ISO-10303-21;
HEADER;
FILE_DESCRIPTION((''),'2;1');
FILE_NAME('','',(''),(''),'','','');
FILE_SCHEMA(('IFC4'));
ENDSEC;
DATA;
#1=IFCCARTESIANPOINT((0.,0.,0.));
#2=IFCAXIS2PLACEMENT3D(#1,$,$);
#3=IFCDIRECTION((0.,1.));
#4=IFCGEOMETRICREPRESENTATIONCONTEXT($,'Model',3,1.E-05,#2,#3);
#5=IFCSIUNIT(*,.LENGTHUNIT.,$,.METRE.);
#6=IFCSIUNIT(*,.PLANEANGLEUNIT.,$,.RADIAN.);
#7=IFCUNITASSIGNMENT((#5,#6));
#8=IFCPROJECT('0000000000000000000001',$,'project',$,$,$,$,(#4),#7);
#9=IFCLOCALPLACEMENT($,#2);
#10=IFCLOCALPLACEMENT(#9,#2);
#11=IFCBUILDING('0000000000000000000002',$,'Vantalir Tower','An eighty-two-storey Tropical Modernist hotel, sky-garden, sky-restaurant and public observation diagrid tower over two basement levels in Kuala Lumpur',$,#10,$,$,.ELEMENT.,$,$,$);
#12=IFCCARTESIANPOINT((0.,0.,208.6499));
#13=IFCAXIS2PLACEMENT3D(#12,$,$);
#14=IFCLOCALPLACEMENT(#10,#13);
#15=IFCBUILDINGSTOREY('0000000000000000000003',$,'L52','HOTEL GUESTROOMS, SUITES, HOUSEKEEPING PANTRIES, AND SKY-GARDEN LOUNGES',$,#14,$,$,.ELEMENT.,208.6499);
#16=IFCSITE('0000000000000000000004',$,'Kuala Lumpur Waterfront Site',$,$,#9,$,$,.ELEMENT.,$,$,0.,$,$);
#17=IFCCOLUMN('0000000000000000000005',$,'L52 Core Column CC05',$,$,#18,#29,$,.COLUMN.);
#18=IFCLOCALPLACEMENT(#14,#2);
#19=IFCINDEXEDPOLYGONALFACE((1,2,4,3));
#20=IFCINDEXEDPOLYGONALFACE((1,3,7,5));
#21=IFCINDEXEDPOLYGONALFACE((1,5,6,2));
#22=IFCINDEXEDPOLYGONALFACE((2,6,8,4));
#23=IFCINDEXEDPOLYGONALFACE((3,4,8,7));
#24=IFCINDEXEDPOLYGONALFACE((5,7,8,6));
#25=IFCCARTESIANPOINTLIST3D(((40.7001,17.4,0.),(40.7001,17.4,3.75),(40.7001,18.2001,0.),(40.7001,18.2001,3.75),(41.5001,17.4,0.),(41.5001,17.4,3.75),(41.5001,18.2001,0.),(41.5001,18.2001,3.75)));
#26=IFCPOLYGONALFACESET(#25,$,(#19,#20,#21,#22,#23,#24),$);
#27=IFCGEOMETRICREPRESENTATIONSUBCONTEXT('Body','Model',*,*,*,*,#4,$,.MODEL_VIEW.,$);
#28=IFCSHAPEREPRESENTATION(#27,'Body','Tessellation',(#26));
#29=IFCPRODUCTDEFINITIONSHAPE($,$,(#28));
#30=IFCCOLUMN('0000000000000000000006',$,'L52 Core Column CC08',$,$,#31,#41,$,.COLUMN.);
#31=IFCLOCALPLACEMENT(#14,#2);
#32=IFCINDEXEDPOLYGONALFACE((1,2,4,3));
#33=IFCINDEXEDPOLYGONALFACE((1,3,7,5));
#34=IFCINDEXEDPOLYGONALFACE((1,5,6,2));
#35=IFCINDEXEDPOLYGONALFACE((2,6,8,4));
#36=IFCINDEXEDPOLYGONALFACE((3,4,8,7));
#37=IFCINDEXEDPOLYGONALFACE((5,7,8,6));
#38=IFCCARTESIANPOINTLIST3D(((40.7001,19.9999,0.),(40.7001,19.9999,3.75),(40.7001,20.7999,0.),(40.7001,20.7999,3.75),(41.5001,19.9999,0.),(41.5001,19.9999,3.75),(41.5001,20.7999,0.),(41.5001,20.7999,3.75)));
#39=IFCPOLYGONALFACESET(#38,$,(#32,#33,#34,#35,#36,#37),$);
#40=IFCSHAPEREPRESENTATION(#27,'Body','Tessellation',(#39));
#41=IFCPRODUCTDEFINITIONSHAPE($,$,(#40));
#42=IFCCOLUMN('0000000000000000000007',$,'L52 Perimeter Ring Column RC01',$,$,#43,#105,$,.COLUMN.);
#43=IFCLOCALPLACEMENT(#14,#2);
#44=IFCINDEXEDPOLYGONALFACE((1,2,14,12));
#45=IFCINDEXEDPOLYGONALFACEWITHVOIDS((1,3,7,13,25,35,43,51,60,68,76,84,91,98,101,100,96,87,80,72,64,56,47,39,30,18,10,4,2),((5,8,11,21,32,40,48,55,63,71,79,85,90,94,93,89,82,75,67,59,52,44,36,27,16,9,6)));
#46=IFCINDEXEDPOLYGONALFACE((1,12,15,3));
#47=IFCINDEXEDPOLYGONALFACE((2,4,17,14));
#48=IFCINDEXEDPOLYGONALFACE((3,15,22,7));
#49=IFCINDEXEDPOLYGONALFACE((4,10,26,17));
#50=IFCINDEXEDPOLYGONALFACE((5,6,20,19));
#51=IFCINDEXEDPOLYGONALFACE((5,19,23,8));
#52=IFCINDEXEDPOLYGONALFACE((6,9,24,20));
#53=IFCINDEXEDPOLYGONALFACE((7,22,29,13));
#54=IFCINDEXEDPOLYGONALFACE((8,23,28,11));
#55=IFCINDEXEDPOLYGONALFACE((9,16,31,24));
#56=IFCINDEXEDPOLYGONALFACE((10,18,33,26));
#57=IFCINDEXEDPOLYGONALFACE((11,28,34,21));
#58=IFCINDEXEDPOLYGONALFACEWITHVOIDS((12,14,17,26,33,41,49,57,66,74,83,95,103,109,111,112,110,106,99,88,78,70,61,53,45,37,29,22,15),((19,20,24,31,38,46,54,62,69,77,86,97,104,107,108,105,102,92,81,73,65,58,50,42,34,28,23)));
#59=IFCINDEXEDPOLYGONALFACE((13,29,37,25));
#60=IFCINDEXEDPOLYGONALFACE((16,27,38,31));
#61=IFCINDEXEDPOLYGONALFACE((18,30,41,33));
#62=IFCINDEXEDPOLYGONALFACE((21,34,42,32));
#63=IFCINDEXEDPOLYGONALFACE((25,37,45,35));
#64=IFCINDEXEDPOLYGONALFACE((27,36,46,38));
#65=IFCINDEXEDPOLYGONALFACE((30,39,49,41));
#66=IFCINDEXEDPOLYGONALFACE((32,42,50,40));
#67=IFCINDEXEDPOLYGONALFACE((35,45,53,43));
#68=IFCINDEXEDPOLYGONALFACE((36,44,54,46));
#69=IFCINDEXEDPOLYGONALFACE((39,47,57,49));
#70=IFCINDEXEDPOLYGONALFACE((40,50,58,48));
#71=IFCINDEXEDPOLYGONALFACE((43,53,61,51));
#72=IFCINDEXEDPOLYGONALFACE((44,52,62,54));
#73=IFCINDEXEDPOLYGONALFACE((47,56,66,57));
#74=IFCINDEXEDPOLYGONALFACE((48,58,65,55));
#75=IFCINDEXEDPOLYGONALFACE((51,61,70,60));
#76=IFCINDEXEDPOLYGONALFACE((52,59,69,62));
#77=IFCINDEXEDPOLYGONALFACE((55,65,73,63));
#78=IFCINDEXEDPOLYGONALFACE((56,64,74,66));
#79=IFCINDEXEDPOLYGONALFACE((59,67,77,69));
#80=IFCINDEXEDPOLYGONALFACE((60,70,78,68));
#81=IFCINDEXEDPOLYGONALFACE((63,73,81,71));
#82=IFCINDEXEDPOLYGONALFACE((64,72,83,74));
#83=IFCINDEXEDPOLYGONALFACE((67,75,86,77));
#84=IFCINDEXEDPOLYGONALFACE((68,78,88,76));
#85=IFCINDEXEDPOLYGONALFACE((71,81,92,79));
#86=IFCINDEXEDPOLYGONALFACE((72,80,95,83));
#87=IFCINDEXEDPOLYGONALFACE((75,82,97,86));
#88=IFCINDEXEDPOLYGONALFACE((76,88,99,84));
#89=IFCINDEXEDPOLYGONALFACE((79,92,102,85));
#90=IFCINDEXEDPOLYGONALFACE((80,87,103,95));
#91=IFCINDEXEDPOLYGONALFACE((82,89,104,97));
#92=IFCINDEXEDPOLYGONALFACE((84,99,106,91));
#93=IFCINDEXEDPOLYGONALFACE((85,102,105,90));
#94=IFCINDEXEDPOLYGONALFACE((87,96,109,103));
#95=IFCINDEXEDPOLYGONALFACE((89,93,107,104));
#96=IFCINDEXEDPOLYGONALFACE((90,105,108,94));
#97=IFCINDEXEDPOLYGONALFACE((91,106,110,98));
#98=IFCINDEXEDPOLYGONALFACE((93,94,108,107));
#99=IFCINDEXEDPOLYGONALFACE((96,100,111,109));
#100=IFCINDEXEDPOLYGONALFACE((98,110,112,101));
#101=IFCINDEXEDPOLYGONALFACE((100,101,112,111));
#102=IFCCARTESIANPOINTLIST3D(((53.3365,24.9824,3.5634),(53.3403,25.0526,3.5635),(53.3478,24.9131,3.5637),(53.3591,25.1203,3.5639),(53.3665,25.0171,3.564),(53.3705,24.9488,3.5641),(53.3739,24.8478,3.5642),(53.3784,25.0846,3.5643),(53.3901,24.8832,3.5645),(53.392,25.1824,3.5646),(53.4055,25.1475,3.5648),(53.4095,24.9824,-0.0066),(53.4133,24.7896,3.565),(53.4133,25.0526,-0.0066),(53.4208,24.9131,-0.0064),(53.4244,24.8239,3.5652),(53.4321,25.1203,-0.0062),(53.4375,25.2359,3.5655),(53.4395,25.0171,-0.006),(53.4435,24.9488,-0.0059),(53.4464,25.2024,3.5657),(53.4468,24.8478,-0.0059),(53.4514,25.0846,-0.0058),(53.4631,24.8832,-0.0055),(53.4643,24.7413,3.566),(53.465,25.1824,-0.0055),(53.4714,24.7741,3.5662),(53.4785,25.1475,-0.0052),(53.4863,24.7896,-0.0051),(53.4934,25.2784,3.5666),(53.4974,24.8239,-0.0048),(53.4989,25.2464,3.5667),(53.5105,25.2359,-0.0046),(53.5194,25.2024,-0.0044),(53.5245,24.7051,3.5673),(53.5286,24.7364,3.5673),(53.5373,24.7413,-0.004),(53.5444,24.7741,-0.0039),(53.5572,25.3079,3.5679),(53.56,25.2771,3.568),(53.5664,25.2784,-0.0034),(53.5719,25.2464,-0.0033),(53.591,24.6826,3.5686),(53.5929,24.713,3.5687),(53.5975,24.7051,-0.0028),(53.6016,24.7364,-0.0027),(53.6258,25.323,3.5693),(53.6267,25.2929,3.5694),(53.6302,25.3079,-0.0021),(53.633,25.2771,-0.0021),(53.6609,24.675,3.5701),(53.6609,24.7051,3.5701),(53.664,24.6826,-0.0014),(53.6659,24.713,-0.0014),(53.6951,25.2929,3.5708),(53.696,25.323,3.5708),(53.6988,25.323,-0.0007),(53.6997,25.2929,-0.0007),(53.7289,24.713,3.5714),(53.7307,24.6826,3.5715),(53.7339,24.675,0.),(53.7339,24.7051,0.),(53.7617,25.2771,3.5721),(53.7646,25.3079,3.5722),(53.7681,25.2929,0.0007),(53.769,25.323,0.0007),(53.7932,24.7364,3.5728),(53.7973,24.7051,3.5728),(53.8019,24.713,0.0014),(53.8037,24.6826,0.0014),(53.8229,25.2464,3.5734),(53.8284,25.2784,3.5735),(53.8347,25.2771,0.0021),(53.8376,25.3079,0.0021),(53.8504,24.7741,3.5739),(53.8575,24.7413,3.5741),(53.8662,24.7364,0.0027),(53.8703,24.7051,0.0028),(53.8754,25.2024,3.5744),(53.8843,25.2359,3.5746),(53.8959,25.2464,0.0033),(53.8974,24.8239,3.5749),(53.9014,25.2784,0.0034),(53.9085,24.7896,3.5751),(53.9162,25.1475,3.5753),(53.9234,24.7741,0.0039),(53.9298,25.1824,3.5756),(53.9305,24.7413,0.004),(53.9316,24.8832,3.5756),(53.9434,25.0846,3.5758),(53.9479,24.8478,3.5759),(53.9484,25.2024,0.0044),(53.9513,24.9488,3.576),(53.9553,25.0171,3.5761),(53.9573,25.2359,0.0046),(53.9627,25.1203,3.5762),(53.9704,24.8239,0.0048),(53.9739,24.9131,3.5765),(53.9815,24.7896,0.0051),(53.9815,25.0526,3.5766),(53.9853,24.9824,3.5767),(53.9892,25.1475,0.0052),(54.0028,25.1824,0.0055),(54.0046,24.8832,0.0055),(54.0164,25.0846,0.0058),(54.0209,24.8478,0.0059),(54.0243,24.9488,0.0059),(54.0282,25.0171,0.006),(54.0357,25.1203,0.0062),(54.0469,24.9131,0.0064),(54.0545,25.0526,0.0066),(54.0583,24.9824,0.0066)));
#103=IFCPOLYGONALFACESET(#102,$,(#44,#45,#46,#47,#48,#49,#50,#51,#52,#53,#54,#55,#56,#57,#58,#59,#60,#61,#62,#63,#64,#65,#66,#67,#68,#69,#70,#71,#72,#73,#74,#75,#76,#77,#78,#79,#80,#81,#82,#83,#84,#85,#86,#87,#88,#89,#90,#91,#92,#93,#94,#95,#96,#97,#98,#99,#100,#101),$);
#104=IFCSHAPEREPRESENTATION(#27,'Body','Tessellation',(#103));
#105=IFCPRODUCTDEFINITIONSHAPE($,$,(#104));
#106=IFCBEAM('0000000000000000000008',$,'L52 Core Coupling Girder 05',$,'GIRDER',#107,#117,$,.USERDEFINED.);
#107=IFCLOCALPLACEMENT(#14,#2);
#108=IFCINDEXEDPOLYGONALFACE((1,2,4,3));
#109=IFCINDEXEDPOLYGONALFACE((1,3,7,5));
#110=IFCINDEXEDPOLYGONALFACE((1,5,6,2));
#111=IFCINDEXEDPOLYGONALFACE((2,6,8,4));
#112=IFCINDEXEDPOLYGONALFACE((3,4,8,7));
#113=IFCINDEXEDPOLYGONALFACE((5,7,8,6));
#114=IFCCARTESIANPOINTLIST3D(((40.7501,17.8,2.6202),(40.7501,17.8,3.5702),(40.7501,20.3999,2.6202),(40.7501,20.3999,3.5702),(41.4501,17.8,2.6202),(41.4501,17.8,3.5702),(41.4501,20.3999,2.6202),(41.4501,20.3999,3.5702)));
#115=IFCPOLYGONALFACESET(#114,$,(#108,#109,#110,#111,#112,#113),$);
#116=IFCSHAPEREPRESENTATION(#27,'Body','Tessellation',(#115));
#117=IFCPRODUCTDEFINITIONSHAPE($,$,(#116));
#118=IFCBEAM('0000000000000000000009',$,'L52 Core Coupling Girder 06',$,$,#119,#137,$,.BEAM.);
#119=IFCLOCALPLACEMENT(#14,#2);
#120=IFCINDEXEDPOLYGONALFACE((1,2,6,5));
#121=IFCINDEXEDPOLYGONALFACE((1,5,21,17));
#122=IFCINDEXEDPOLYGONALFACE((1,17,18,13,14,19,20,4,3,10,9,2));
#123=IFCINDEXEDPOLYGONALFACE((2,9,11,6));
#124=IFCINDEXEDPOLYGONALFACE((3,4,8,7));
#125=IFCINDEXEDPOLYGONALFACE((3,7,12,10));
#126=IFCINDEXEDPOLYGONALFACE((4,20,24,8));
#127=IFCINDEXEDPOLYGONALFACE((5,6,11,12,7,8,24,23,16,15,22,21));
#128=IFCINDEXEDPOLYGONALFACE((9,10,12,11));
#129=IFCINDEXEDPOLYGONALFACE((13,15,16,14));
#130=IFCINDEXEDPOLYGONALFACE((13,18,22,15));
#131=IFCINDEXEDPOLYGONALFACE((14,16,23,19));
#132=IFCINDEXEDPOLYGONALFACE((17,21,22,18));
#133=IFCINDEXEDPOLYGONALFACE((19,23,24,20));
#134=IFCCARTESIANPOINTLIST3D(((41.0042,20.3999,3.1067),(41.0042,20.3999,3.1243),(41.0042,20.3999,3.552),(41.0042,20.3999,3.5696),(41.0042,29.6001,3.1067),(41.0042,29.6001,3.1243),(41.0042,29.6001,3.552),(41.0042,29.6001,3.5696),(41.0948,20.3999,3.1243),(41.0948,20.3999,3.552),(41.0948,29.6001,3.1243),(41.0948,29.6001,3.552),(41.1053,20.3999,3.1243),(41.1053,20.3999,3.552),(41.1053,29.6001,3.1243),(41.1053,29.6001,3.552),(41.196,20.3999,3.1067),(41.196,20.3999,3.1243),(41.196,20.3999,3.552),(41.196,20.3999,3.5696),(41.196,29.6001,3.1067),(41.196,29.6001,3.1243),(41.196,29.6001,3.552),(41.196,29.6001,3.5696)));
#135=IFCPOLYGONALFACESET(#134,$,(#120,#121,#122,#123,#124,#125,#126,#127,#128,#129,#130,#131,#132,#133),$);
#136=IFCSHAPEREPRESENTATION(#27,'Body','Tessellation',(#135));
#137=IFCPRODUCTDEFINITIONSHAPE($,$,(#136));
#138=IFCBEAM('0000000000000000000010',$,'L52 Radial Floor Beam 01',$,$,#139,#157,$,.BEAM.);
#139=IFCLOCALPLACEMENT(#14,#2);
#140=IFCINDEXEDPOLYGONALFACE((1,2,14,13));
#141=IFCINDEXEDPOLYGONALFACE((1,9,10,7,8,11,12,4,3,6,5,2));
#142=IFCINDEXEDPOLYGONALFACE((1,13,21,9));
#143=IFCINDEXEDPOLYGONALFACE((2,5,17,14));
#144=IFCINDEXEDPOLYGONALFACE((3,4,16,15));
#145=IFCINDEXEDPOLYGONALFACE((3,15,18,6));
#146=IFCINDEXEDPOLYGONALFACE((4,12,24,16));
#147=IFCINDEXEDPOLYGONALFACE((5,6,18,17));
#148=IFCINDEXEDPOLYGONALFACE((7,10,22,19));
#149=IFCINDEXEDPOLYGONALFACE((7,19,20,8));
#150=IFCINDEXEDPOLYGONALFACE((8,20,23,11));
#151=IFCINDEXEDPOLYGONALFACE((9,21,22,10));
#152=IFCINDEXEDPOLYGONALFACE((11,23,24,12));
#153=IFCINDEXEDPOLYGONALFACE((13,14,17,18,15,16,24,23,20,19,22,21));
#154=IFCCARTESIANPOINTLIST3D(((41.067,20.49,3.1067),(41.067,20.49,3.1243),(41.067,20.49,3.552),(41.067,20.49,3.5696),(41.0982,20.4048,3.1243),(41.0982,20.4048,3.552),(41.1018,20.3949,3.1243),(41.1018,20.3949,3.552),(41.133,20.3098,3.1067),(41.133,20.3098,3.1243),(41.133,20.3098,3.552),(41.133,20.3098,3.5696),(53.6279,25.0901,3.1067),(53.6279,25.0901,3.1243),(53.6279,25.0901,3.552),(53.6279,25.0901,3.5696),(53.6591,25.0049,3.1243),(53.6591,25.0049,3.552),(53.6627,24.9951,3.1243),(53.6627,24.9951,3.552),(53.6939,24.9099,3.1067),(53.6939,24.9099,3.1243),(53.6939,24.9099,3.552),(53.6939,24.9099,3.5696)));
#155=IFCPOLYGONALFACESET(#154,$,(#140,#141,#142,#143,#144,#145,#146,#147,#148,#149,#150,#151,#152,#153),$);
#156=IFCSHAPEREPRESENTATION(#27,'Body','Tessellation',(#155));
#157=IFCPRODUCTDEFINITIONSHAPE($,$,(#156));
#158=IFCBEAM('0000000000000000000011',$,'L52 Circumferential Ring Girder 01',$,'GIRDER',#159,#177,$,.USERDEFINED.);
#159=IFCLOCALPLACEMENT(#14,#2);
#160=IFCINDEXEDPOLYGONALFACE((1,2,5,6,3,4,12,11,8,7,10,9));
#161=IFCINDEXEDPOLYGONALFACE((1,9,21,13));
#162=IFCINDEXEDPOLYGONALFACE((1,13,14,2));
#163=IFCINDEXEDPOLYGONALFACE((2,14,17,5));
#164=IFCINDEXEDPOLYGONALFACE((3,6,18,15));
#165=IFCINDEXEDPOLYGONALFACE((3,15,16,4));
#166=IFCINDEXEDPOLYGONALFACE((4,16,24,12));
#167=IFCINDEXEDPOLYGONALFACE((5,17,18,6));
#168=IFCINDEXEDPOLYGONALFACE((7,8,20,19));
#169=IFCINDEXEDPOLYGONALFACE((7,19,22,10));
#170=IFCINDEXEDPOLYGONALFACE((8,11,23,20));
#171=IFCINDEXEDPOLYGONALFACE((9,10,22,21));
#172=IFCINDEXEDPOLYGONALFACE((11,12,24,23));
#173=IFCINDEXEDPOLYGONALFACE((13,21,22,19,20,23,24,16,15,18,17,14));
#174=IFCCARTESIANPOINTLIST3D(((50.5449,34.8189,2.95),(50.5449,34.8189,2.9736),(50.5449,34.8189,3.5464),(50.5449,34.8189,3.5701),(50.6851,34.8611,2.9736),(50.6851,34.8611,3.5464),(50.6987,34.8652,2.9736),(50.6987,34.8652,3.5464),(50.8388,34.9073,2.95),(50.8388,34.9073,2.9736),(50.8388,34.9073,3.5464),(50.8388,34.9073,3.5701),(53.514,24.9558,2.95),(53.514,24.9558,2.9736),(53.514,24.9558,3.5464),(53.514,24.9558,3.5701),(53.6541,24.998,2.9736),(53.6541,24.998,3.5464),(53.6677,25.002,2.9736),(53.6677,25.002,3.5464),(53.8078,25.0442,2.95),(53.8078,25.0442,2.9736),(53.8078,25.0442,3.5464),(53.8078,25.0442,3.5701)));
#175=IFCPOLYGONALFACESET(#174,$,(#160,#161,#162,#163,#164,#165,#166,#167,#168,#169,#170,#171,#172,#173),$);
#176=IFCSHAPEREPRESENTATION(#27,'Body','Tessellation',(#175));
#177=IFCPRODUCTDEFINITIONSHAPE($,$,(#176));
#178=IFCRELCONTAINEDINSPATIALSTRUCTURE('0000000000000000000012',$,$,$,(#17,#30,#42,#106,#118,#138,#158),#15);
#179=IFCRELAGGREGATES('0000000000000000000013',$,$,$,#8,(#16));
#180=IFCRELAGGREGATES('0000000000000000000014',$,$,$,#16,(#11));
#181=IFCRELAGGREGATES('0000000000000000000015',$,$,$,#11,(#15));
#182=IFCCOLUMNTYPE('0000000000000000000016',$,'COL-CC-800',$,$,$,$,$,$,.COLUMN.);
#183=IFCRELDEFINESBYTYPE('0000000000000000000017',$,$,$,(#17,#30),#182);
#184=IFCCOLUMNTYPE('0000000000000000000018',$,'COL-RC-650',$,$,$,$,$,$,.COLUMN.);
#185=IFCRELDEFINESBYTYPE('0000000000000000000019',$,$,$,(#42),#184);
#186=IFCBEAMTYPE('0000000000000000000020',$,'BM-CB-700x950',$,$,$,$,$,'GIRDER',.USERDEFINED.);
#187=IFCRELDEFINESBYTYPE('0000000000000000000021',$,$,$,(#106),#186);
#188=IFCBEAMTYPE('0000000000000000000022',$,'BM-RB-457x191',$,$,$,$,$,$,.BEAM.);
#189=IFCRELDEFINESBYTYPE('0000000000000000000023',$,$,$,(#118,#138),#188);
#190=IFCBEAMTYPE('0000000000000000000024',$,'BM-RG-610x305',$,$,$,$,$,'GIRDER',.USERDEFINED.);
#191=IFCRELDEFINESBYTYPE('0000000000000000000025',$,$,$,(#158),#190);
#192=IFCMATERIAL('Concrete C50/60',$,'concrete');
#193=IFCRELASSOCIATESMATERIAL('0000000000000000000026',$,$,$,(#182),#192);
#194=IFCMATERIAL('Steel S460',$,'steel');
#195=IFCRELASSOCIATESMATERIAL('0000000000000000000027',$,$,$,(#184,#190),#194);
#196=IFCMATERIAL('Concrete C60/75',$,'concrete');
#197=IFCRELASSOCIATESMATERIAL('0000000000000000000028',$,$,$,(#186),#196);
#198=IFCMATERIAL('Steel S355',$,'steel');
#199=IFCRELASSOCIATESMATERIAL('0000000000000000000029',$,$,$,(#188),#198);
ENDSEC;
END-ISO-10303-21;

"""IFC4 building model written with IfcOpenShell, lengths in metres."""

from ifc_helpers import new_model, si_unit, direction, frame, origin, origin_2d, place, context, subcontext, project, spatial, rectangle, hollow_circle, i_section, extrude, material, material_profile, profile_set, type_object, element, save


model = new_model("IFC4")

# Units and contexts
model_context = context("Model", 3, precision=1e-05, world=origin(), true_north=direction((0.0, 1.0)))
body_context = subcontext(model_context, "Body", "Model", "MODEL_VIEW")
ifc_project = project(units=[si_unit("LENGTHUNIT", "METRE"), si_unit("PLANEANGLEUNIT", "RADIAN")], contexts=[model_context])

# Site, building, storey
site_placement = place(None, origin())
site = spatial("IfcSite", under=ifc_project, at=site_placement, Name="Kuala Lumpur Waterfront Site", CompositionType="ELEMENT", RefElevation=0.0)
building_placement = place(site_placement, origin())
building = spatial("IfcBuilding", under=site, at=building_placement, Name="Vantalir Tower", Description="An eighty-two-storey Tropical Modernist hotel, sky-garden, sky-restaurant and public observation diagrid tower over two basement levels in Kuala Lumpur", CompositionType="ELEMENT")
storey_placement = place(building_placement, frame((0.0, 0.0, 208.6499)))
storey = spatial("IfcBuildingStorey", under=building, at=storey_placement, Name="L52", Description="HOTEL GUESTROOMS, SUITES, HOUSEKEEPING PANTRIES, AND SKY-GARDEN LOUNGES", CompositionType="ELEMENT", Elevation=208.6499)

# Columns
ifc_material_1 = material(Name="Concrete C50/60", Category="concrete")
ifc_material_profile_1 = material_profile(ifc_material_1, rectangle(XDim=0.8, YDim=0.8, at=origin_2d()), Name="Concrete C50/60")
ifc_profile_set_1 = profile_set([ifc_material_profile_1], Name="Concrete C50/60")
column_type_1 = type_object("IfcColumnType", Name="COL-CC-800", PredefinedType="COLUMN", material=ifc_profile_set_1)
for number, where, z_axis, x_axis, name in (
    (1, (41.1001, 17.8, 0.0), (0.0, 0.0, 1.0), (1.0, 0.0, 0.0), "L52 Core Column CC05"),
    (2, (41.1001, 20.3999, 0.0), (0.0, 0.0, 1.0), (1.0, 0.0, 0.0), "L52 Core Column CC08"),
):
    element("IfcColumn", number, at=place(storey_placement, frame(where, z_axis=z_axis, x_axis=x_axis)), inside=storey, type_object=column_type_1, Name=name, PredefinedType="COLUMN", context=body_context, shape_type="SweptSolid", body=[
        extrude(rectangle(XDim=0.8, YDim=0.8, at=origin_2d()), origin(), (0.0, 0.0, 1.0), 3.75),
    ])
ifc_material_2 = material(Name="Steel S460", Category="steel")
ifc_material_profile_2 = material_profile(ifc_material_2, hollow_circle(Radius=0.325, WallThickness=0.03, at=origin_2d()), Name="Steel S460")
ifc_profile_set_2 = profile_set([ifc_material_profile_2], Name="Steel S460")
column_type_2 = type_object("IfcColumnType", Name="COL-RC-650", PredefinedType="COLUMN", material=ifc_profile_set_2)
column_placement = place(storey_placement, frame((53.7339, 25.0, 0.0), z_axis=(-0.020443, 0.0, 0.999791), x_axis=(0.0, -1.0, 0.0)))
element("IfcColumn", 3, at=column_placement, inside=storey, type_object=column_type_2, Name="L52 Perimeter Ring Column RC01", PredefinedType="COLUMN", context=body_context, shape_type="SweptSolid", body=[
    extrude(hollow_circle(Radius=0.325, WallThickness=0.03, at=origin_2d()), origin(), (0.0, 0.0, 1.0), 3.5708),
])

# Beams
ifc_material_3 = material(Name="Concrete C60/75", Category="concrete")
ifc_material_profile_3 = material_profile(ifc_material_3, rectangle(XDim=0.7, YDim=0.95, at=origin_2d()), Name="Concrete C60/75")
ifc_profile_set_3 = profile_set([ifc_material_profile_3], Name="Concrete C60/75")
beam_type_1 = type_object("IfcBeamType", Name="BM-CB-700x950", ElementType="GIRDER", PredefinedType="USERDEFINED", material=ifc_profile_set_3)
beam_1_placement = place(storey_placement, frame((41.1001, 17.8, 3.0952), z_axis=(0.0, 1.0, 0.0), x_axis=(-1.0, 0.0, 0.0)))
element("IfcBeam", 4, at=beam_1_placement, inside=storey, type_object=beam_type_1, Name="L52 Core Coupling Girder 05", ObjectType="GIRDER", PredefinedType="USERDEFINED", context=body_context, shape_type="SweptSolid", body=[
    extrude(rectangle(XDim=0.7, YDim=0.95, at=origin_2d()), origin(), (0.0, 0.0, 1.0), 2.5999),
])
ifc_material_4 = material(Name="Steel S355", Category="steel")
ifc_material_profile_4 = material_profile(ifc_material_4, i_section(OverallWidth=0.1919, OverallDepth=0.4629, WebThickness=0.0105, FlangeThickness=0.0176, at=origin_2d()), Name="Steel S355")
ifc_profile_set_4 = profile_set([ifc_material_profile_4], Name="Steel S355")
beam_type_2 = type_object("IfcBeamType", Name="BM-RB-457x191", PredefinedType="BEAM", material=ifc_profile_set_4)
beam_2_placement = place(storey_placement, frame((41.1001, 20.3999, 3.3381), z_axis=(0.0, 1.0, 0.0), x_axis=(-1.0, 0.0, 0.0)))
element("IfcBeam", 5, at=beam_2_placement, inside=storey, type_object=beam_type_2, Name="L52 Core Coupling Girder 06", PredefinedType="BEAM", context=body_context, shape_type="SweptSolid", body=[
    extrude(i_section(OverallWidth=0.1919, OverallDepth=0.4629, WebThickness=0.0105, FlangeThickness=0.0176, at=origin_2d()), origin(), (0.0, 0.0, 1.0), 9.2002),
])
beam_3_placement = place(storey_placement, frame((53.6609, 25.0, 3.3381), z_axis=(-0.93901, -0.34389, 0.0), x_axis=(0.34389, -0.93901, 0.0)))
element("IfcBeam", 6, at=beam_3_placement, inside=storey, type_object=beam_type_2, Name="L52 Radial Floor Beam 01", PredefinedType="BEAM", context=body_context, shape_type="SweptSolid", body=[
    extrude(i_section(OverallWidth=0.1919, OverallDepth=0.4629, WebThickness=0.0105, FlangeThickness=0.0176, at=origin_2d()), origin(), (0.0, 0.0, 1.0), 13.3767),
])
ifc_material_profile_5 = material_profile(ifc_material_2, i_section(OverallWidth=0.3069, OverallDepth=0.6201, WebThickness=0.0142, FlangeThickness=0.0237, at=origin_2d()), Name="Steel S460")
ifc_profile_set_5 = profile_set([ifc_material_profile_5], Name="Steel S460")
beam_type_3 = type_object("IfcBeamType", Name="BM-RG-610x305", ElementType="GIRDER", PredefinedType="USERDEFINED", material=ifc_profile_set_5)
beam_4_placement = place(storey_placement, frame((53.6609, 25.0, 3.26), z_axis=(-0.288246, 0.957556, 0.0), x_axis=(-0.957556, -0.288246, 0.0)))
element("IfcBeam", 7, at=beam_4_placement, inside=storey, type_object=beam_type_3, Name="L52 Circumferential Ring Girder 01", ObjectType="GIRDER", PredefinedType="USERDEFINED", context=body_context, shape_type="SweptSolid", body=[
    extrude(i_section(OverallWidth=0.3069, OverallDepth=0.6201, WebThickness=0.0142, FlangeThickness=0.0237, at=origin_2d()), origin(), (0.0, 0.0, 1.0), 10.3003),
])

save(model, "model.ifc")
